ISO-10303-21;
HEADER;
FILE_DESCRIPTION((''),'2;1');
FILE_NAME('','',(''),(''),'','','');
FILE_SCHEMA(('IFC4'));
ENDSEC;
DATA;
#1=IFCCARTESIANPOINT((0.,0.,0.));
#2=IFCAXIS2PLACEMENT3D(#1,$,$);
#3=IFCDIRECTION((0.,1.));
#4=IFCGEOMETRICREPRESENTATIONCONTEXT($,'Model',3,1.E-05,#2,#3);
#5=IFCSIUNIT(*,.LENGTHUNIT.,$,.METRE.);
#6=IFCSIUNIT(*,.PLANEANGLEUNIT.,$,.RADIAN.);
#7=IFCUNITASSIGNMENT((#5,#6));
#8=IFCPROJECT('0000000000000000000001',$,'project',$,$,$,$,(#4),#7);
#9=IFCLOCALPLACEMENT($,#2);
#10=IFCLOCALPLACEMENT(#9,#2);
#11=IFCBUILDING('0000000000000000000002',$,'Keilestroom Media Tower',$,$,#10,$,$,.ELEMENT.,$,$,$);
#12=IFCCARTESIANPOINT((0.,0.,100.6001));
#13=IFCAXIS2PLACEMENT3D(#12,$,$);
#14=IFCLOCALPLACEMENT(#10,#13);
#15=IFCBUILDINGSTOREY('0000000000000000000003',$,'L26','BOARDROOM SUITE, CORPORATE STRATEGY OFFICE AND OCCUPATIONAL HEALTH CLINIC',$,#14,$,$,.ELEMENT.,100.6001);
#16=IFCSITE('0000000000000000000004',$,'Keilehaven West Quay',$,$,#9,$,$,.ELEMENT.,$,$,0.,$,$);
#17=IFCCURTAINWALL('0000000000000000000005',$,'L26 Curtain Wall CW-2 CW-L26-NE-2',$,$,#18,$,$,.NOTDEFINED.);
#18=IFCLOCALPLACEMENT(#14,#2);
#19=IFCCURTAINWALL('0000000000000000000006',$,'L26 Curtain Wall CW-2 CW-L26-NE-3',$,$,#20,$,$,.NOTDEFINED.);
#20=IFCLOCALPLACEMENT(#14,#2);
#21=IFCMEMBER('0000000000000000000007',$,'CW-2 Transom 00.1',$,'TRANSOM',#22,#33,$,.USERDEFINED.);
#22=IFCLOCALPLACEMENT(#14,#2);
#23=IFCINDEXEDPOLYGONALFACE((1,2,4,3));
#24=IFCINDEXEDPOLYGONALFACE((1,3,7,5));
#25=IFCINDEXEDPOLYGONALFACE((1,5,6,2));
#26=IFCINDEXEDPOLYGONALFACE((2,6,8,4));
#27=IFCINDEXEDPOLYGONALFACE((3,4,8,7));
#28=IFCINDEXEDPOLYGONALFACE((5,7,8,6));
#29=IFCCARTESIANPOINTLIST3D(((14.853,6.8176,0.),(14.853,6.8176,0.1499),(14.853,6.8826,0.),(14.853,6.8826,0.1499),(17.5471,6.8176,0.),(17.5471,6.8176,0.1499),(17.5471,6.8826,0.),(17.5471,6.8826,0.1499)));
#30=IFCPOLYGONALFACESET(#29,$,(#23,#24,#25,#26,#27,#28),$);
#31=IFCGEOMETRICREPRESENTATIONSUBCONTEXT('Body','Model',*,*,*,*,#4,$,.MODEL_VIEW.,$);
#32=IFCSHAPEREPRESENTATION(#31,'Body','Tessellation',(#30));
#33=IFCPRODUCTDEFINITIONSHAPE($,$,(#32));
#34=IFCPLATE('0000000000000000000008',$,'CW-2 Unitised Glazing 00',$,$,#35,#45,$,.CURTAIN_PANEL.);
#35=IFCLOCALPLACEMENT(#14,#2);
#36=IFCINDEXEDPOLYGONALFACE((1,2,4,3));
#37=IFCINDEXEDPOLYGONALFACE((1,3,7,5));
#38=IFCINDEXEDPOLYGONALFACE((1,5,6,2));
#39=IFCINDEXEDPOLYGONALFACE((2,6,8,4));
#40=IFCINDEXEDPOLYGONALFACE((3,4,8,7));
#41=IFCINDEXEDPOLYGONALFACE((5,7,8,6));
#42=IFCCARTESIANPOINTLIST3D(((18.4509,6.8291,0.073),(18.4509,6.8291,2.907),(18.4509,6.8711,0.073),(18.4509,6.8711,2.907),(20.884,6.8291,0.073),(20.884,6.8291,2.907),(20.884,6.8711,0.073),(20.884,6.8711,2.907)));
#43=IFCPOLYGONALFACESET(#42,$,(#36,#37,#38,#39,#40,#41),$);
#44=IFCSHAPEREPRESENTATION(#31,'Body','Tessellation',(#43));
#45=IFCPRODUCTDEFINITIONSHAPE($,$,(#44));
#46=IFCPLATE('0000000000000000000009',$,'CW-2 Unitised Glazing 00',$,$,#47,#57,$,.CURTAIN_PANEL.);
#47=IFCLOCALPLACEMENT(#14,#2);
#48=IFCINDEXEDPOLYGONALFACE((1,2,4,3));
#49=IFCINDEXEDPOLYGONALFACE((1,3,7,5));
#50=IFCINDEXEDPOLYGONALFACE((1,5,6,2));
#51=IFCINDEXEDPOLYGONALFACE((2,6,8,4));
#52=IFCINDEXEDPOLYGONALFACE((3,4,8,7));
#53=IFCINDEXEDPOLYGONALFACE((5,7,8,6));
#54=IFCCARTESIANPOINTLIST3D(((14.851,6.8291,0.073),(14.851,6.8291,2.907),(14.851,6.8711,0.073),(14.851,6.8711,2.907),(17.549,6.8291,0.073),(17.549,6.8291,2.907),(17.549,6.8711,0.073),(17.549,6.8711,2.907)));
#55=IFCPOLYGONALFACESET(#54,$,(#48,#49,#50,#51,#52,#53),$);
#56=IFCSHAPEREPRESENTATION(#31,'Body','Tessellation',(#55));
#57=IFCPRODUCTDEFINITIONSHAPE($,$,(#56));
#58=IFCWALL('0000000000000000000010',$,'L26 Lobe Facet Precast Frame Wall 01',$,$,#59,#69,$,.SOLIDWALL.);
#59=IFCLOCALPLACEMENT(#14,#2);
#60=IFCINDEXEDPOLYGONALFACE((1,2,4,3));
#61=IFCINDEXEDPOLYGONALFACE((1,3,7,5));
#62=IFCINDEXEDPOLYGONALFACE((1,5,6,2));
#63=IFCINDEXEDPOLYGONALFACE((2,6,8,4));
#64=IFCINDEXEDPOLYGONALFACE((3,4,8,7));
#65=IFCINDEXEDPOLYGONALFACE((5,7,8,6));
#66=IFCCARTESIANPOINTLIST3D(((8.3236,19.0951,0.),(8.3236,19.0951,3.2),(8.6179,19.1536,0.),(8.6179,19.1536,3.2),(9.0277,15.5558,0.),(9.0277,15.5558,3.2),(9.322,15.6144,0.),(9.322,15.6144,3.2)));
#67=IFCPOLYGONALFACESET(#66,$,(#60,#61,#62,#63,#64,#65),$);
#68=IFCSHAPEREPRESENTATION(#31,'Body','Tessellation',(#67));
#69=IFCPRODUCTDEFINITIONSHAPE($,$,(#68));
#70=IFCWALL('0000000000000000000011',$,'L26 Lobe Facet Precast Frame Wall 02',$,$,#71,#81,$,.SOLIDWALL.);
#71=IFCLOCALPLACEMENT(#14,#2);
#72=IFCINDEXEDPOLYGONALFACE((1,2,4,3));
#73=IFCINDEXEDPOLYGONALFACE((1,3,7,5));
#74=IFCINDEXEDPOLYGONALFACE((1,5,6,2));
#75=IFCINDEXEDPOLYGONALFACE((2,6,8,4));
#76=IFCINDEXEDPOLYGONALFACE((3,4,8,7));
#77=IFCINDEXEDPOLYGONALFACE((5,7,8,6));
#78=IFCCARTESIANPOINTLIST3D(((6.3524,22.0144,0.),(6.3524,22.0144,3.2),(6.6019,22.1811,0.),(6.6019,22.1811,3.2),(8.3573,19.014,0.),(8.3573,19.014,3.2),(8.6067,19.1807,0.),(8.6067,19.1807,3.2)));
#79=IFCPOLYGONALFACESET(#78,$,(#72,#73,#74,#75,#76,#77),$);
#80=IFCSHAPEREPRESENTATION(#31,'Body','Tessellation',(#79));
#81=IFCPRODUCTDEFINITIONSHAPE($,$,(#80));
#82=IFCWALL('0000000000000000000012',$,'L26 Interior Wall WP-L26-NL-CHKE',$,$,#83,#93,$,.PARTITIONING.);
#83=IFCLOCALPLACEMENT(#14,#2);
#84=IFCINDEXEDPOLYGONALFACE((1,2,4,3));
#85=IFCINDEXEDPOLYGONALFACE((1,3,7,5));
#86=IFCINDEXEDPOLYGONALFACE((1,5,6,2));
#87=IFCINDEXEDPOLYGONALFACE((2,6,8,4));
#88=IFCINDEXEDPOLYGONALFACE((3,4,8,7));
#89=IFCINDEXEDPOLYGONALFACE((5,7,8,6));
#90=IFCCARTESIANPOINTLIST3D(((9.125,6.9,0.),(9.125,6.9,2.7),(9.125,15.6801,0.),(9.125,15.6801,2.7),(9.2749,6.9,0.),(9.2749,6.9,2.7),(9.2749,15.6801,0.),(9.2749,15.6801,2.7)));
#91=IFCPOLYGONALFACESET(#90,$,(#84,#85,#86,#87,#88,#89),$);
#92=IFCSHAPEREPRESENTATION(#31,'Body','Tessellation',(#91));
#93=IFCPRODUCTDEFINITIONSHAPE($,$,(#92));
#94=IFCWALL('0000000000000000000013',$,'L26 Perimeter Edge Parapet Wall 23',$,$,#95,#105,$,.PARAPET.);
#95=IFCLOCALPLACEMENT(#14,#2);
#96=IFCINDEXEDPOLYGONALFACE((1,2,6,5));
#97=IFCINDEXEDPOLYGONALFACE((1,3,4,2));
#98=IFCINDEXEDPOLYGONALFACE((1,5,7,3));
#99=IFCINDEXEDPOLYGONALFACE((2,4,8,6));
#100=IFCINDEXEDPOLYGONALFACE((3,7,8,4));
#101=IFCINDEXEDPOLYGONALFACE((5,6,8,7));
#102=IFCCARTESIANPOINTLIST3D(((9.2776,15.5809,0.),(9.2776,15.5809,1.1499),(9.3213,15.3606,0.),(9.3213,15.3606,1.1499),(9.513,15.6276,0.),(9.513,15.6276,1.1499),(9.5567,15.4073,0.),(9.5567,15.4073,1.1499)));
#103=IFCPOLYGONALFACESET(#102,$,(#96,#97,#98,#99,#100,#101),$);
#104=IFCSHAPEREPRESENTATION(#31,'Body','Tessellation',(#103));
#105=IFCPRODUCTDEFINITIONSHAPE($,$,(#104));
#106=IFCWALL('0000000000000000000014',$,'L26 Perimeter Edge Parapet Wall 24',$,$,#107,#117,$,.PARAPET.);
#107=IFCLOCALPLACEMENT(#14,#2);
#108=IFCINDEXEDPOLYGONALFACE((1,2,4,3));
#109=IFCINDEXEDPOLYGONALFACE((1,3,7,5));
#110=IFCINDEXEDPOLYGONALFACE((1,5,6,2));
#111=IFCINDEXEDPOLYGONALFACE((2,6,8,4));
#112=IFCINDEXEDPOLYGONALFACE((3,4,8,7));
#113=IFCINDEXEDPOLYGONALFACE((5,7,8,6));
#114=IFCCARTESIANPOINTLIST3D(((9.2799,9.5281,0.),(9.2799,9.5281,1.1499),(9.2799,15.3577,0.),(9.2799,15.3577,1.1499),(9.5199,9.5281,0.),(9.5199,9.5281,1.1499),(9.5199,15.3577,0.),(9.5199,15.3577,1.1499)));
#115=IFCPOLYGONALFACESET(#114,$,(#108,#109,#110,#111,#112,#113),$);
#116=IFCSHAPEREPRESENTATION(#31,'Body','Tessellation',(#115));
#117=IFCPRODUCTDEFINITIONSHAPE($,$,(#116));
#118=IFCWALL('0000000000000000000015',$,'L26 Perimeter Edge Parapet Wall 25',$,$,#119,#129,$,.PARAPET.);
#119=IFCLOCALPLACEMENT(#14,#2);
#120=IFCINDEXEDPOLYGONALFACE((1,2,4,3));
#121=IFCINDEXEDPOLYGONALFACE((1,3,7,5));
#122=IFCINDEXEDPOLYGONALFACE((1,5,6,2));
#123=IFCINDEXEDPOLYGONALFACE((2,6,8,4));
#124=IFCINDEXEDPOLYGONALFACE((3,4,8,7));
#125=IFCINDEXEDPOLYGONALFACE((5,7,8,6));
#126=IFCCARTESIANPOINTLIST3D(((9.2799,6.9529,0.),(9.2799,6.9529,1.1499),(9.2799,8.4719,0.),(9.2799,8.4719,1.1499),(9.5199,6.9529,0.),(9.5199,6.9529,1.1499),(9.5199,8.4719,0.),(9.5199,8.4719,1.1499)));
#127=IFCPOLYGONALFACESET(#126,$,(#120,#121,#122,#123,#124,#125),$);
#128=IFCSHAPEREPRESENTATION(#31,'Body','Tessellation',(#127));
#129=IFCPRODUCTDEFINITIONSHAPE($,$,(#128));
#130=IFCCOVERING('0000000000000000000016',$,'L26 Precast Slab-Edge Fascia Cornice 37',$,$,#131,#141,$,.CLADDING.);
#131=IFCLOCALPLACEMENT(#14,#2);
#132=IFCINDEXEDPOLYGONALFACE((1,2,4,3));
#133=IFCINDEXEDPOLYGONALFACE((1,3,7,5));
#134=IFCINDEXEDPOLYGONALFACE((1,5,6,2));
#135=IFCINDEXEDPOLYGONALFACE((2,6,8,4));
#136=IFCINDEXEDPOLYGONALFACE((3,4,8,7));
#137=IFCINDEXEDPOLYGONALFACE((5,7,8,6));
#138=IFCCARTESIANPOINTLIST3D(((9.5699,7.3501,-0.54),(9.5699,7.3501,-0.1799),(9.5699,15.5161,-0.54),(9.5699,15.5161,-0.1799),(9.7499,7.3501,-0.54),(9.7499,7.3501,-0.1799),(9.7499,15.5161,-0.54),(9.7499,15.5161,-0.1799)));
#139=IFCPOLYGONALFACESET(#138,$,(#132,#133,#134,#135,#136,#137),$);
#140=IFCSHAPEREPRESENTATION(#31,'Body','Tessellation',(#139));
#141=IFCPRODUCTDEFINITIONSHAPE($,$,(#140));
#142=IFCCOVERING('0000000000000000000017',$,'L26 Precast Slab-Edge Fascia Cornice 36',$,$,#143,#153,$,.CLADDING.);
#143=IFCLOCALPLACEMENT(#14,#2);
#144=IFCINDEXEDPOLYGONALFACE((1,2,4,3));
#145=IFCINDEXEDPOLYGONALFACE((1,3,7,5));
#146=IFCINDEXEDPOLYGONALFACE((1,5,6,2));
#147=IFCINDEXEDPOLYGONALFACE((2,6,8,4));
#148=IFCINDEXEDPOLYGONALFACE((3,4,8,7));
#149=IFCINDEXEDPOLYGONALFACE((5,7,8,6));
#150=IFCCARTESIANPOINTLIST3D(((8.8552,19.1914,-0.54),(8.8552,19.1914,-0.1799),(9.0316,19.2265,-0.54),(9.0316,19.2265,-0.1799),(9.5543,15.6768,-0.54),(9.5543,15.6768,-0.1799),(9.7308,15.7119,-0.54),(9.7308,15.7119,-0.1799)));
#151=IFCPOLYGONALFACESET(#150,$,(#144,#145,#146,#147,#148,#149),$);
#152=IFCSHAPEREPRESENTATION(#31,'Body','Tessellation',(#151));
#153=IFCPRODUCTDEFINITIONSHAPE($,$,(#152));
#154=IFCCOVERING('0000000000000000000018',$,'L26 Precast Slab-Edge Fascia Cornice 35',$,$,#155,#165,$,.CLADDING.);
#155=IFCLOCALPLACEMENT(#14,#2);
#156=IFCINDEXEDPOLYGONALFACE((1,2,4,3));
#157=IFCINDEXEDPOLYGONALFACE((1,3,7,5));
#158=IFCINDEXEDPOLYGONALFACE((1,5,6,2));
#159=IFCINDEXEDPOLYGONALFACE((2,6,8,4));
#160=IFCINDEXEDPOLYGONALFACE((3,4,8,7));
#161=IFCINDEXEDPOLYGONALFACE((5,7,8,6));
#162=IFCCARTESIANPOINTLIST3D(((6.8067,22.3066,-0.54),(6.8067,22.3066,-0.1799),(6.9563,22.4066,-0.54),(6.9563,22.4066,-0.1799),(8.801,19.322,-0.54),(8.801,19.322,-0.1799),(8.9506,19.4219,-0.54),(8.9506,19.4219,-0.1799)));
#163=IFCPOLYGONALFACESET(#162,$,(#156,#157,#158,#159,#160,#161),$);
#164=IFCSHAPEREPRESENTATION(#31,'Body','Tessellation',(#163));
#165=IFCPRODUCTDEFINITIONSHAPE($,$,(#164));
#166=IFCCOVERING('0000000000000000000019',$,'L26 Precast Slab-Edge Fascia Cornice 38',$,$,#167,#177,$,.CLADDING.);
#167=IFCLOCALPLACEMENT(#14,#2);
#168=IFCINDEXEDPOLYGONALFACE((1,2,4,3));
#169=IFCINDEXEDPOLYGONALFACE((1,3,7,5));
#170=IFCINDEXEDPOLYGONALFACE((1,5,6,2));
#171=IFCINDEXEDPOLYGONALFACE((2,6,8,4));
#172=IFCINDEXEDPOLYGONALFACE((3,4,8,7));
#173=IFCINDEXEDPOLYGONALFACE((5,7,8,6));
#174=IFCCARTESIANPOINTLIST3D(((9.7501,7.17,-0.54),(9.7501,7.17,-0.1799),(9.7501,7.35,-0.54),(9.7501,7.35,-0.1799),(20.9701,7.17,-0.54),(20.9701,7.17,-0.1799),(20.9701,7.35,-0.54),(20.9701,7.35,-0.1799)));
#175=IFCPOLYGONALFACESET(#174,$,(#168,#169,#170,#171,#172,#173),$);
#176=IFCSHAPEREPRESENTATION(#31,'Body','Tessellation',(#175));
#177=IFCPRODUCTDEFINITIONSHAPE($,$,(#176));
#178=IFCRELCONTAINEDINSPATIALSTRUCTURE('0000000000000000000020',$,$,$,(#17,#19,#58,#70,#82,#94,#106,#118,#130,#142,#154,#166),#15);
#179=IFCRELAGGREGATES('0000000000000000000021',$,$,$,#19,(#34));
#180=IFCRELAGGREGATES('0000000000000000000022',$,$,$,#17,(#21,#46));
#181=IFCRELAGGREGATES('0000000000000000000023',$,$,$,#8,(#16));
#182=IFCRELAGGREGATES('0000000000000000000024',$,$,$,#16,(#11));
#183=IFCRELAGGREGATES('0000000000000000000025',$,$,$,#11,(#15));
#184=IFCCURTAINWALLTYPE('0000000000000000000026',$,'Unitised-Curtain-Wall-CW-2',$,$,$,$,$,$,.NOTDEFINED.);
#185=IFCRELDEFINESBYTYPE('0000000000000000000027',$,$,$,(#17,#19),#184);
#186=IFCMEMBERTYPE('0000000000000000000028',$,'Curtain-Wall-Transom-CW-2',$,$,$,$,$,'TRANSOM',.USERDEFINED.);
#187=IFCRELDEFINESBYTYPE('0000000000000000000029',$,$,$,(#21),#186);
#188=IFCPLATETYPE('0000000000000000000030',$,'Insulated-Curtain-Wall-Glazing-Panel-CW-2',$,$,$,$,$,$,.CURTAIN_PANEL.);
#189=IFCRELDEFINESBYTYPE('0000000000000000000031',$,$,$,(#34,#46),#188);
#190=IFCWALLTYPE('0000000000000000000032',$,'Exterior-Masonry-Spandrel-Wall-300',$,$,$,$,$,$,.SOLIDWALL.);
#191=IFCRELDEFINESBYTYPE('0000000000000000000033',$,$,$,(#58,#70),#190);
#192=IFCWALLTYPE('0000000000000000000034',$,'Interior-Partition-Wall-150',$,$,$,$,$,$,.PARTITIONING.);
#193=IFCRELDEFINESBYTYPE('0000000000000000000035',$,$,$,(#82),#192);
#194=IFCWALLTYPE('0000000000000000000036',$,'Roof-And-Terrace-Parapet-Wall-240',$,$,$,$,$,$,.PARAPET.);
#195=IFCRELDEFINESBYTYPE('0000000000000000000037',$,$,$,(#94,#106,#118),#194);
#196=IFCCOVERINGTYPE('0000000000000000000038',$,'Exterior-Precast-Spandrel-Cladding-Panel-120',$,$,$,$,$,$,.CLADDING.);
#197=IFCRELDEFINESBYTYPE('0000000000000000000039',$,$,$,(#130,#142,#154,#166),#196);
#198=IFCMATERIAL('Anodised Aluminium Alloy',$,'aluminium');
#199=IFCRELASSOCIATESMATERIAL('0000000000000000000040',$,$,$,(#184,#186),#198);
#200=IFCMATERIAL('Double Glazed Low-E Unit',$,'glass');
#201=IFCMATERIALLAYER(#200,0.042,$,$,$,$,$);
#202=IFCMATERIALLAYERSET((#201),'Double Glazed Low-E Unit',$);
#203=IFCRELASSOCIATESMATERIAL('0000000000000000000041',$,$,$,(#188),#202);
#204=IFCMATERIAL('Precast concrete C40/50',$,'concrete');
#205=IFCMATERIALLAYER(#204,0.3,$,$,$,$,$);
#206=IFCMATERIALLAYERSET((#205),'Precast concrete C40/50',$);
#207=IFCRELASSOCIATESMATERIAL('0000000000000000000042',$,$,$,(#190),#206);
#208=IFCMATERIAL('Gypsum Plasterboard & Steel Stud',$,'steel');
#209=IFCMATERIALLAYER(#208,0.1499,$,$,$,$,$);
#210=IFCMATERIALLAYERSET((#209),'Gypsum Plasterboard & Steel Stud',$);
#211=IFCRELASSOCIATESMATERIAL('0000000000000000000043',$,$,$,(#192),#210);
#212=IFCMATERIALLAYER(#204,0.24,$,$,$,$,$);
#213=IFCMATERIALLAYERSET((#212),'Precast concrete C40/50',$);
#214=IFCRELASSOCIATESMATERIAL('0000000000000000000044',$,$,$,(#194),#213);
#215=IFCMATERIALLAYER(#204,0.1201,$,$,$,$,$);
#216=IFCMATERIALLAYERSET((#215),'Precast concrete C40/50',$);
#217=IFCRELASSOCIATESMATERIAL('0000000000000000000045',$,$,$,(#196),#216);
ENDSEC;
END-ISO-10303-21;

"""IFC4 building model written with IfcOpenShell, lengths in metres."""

from ifc_helpers import new_model, si_unit, direction, frame, frame_2d, origin, origin_2d, place, context, subcontext, project, spatial, rectangle, extrude, source, transform, mapped, material, layer, layer_set, material_profile, profile_set, type_object, element, aggregate, save


model = new_model("IFC4")

# Units and contexts
model_context = context("Model", 3, precision=1e-05, world=origin(), true_north=direction((0.0, 1.0)))
body_context = subcontext(model_context, "Body", "Model", "MODEL_VIEW")
ifc_project = project(units=[si_unit("LENGTHUNIT", "METRE"), si_unit("PLANEANGLEUNIT", "RADIAN")], contexts=[model_context])

# Site, building, storey
site_placement = place(None, origin())
site = spatial("IfcSite", under=ifc_project, at=site_placement, Name="Keilehaven West Quay", CompositionType="ELEMENT", RefElevation=0.0)
building_placement = place(site_placement, origin())
building = spatial("IfcBuilding", under=site, at=building_placement, Name="Keilestroom Media Tower", CompositionType="ELEMENT")
storey_placement = place(building_placement, frame((0.0, 0.0, 100.6001)))
storey = spatial("IfcBuildingStorey", under=building, at=storey_placement, Name="L26", Description="BOARDROOM SUITE, CORPORATE STRATEGY OFFICE AND OCCUPATIONAL HEALTH CLINIC", CompositionType="ELEMENT", Elevation=100.6001)

# Shared definitions
ifc_material_1 = material(Name="Precast concrete C40/50", Category="concrete")

# Curtain walls
ifc_material_2 = material(Name="Anodised Aluminium Alloy", Category="aluminium")
curtain_wall_type = type_object("IfcCurtainWallType", Name="Unitised-Curtain-Wall-CW-2", PredefinedType="NOTDEFINED", material=ifc_material_2)
curtain_wall_1_placement = place(storey_placement, origin())
curtain_wall_1 = element("IfcCurtainWall", 1, at=curtain_wall_1_placement, inside=storey, type_object=curtain_wall_type, Name="L26 Curtain Wall CW-2 CW-L26-NE-2", PredefinedType="NOTDEFINED")
curtain_wall_2_placement = place(storey_placement, origin())
curtain_wall_2 = element("IfcCurtainWall", 2, at=curtain_wall_2_placement, inside=storey, type_object=curtain_wall_type, Name="L26 Curtain Wall CW-2 CW-L26-NE-3", PredefinedType="NOTDEFINED")
ifc_material_profile_1 = material_profile(ifc_material_2, rectangle(XDim=0.0649, YDim=0.1499, at=origin_2d()), Name="ALU TRANSOM 65x150")
ifc_profile_set_1 = profile_set([ifc_material_profile_1], Name="Anodised Aluminium Alloy")
member_type_1 = type_object("IfcMemberType", Name="Curtain-Wall-Transom-CW-2", ElementType="TRANSOM", PredefinedType="USERDEFINED", material=ifc_profile_set_1)

# Member
shared_shape_1 = source(origin(), body_context, "Body", "SweptSolid", [
    extrude(rectangle(XDim=0.0649, YDim=0.1499, at=origin_2d()), origin(), (0.0, 0.0, 1.0), 2.6941),
])
member_1_placement = place(storey_placement, frame((14.853, 6.8501, 0.075), z_axis=(1.0, 0.0, 0.0), x_axis=(0.0, 1.0, 0.0)))
member_1 = element("IfcMember", 3, at=member_1_placement, type_object=member_type_1, Name="CW-2 Transom 00.1", ObjectType="TRANSOM", PredefinedType="USERDEFINED", context=body_context, shape_type="MappedRepresentation", body=[
    mapped(shared_shape_1, transform((0.0, 0.0, 0.0), x_axis=(1.0, 0.0, 0.0), y_axis=(0.0, 1.0, 0.0), z_axis=(0.0, 0.0, 1.0), scale=1.0)),
])

# Plates
ifc_material_3 = material(Name="Double Glazed Low-E Unit", Category="glass")
ifc_layer_1 = layer(ifc_material_3, 0.042)
ifc_layer_set_1 = layer_set([ifc_layer_1], Name="Double Glazed Low-E Unit")
plate_type = type_object("IfcPlateType", Name="Insulated-Curtain-Wall-Glazing-Panel-CW-2", PredefinedType="CURTAIN_PANEL", material=ifc_layer_set_1)
shared_shape_2 = source(origin(), body_context, "Body", "SweptSolid", [
    extrude(rectangle(XDim=2.4331, YDim=0.042, at=origin_2d()), origin(), (0.0, 0.0, 1.0), 2.834),
])
plate_1_placement = place(storey_placement, frame((19.6675, 6.8501, 0.073), z_axis=(0.0, 0.0, 1.0), x_axis=(1.0, 0.0, 0.0)))
plate_1 = element("IfcPlate", 4, at=plate_1_placement, type_object=plate_type, Name="CW-2 Unitised Glazing 00", PredefinedType="CURTAIN_PANEL", context=body_context, shape_type="MappedRepresentation", body=[
    mapped(shared_shape_2, transform((0.0, 0.0, 0.0), x_axis=(1.0, 0.0, 0.0), y_axis=(0.0, 1.0, 0.0), z_axis=(0.0, 0.0, 1.0), scale=1.0)),
])
aggregate(curtain_wall_2, [plate_1])
shared_shape_3 = source(origin(), body_context, "Body", "SweptSolid", [
    extrude(rectangle(XDim=2.698, YDim=0.042, at=origin_2d()), origin(), (0.0, 0.0, 1.0), 2.834),
])
plate_2_placement = place(storey_placement, frame((16.2, 6.8501, 0.073), z_axis=(0.0, 0.0, 1.0), x_axis=(1.0, 0.0, 0.0)))
plate_2 = element("IfcPlate", 5, at=plate_2_placement, type_object=plate_type, Name="CW-2 Unitised Glazing 00", PredefinedType="CURTAIN_PANEL", context=body_context, shape_type="MappedRepresentation", body=[
    mapped(shared_shape_3, transform((0.0, 0.0, 0.0), x_axis=(1.0, 0.0, 0.0), y_axis=(0.0, 1.0, 0.0), z_axis=(0.0, 0.0, 1.0), scale=1.0)),
])
aggregate(curtain_wall_1, [member_1, plate_2])

# Walls
ifc_layer_2 = layer(ifc_material_1, 0.3)
ifc_layer_set_2 = layer_set([ifc_layer_2], Name="Precast concrete C40/50")
wall_type_1 = type_object("IfcWallType", Name="Exterior-Masonry-Spandrel-Wall-300", PredefinedType="SOLIDWALL", material=ifc_layer_set_2)
for number, where, z_axis, x_axis, name in (
    (6, (9.1748, 15.5852, 0.0), (0.0, 0.0, 1.0), (-0.195114, 0.980781, 0.0), "L26 Lobe Facet Precast Frame Wall 01"),
    (7, (8.4819, 19.0974, 0.0), (0.0, 0.0, 1.0), (-0.555574, 0.831467, 0.0), "L26 Lobe Facet Precast Frame Wall 02"),
):
    element("IfcWall", number, at=place(storey_placement, frame(where, z_axis=z_axis, x_axis=x_axis)), inside=storey, type_object=wall_type_1, Name=name, PredefinedType="SOLIDWALL", context=body_context, shape_type="SweptSolid", body=[
        extrude(rectangle(XDim=3.6086, YDim=0.3, at=frame_2d((1.8042, 0.0))), origin(), (0.0, 0.0, 1.0), 3.2),
    ])
ifc_material_4 = material(Name="Gypsum Plasterboard & Steel Stud", Category="steel")
ifc_layer_3 = layer(ifc_material_4, 0.1499)
ifc_layer_set_3 = layer_set([ifc_layer_3], Name="Gypsum Plasterboard & Steel Stud")
wall_type_2 = type_object("IfcWallType", Name="Interior-Partition-Wall-150", PredefinedType="PARTITIONING", material=ifc_layer_set_3)
wall_1_placement = place(storey_placement, frame((9.2, 6.8999, 0.0), z_axis=(0.0, 0.0, 1.0), x_axis=(0.0, 1.0, 0.0)))
element("IfcWall", 8, at=wall_1_placement, inside=storey, type_object=wall_type_2, Name="L26 Interior Wall WP-L26-NL-CHKE", PredefinedType="PARTITIONING", context=body_context, shape_type="SweptSolid", body=[
    extrude(rectangle(XDim=8.78, YDim=0.1499, at=frame_2d((4.3901, 0.0))), origin(), (0.0, 0.0, 1.0), 2.7),
])
ifc_layer_4 = layer(ifc_material_1, 0.24)
ifc_layer_set_4 = layer_set([ifc_layer_4], Name="Precast concrete C40/50")
wall_type_3 = type_object("IfcWallType", Name="Roof-And-Terrace-Parapet-Wall-240", PredefinedType="PARAPET", material=ifc_layer_set_4)
wall_2_placement = place(storey_placement, frame((9.3953, 15.6042, 0.0), z_axis=(0.0, 0.0, 1.0), x_axis=(0.194652, -0.980872, 0.0)))
element("IfcWall", 9, at=wall_2_placement, inside=storey, type_object=wall_type_3, Name="L26 Perimeter Edge Parapet Wall 23", PredefinedType="PARAPET", context=body_context, shape_type="SweptSolid", body=[
    extrude(rectangle(XDim=0.2246, YDim=0.24, at=frame_2d((0.1123, 0.0))), origin(), (0.0, 0.0, 1.0), 1.1499),
])
wall_3_placement = place(storey_placement, frame((9.3999, 15.3577, 0.0), z_axis=(0.0, 0.0, 1.0), x_axis=(0.0, -1.0, 0.0)))
element("IfcWall", 10, at=wall_3_placement, inside=storey, type_object=wall_type_3, Name="L26 Perimeter Edge Parapet Wall 24", PredefinedType="PARAPET", context=body_context, shape_type="SweptSolid", body=[
    extrude(rectangle(XDim=5.8296, YDim=0.24, at=frame_2d((2.9148, 0.0))), origin(), (0.0, 0.0, 1.0), 1.1499),
])
wall_4_placement = place(storey_placement, frame((9.3999, 8.4719, 0.0), z_axis=(0.0, 0.0, 1.0), x_axis=(0.0, -1.0, 0.0)))
element("IfcWall", 11, at=wall_4_placement, inside=storey, type_object=wall_type_3, Name="L26 Perimeter Edge Parapet Wall 25", PredefinedType="PARAPET", context=body_context, shape_type="SweptSolid", body=[
    extrude(rectangle(XDim=1.519, YDim=0.24, at=frame_2d((0.7595, 0.0))), origin(), (0.0, 0.0, 1.0), 1.1499),
])

# Coverings
ifc_layer_5 = layer(ifc_material_1, 0.1201)
ifc_layer_set_5 = layer_set([ifc_layer_5], Name="Precast concrete C40/50")
covering_type = type_object("IfcCoveringType", Name="Exterior-Precast-Spandrel-Cladding-Panel-120", PredefinedType="CLADDING", material=ifc_layer_set_5)
shared_shape_4 = source(origin(), body_context, "Body", "SweptSolid", [
    extrude(rectangle(XDim=8.166, YDim=0.1799, at=origin_2d()), origin(), (0.0, 0.0, 1.0), 0.3601),
])
covering_1_placement = place(storey_placement, frame((9.6599, 11.4331, -0.54), z_axis=(0.0, 0.0, 1.0), x_axis=(0.0, -1.0, 0.0)))
element("IfcCovering", 12, at=covering_1_placement, inside=storey, type_object=covering_type, Name="L26 Precast Slab-Edge Fascia Cornice 37", PredefinedType="CLADDING", context=body_context, shape_type="MappedRepresentation", body=[
    mapped(shared_shape_4, transform((0.0, 0.0, 0.0), x_axis=(1.0, 0.0, 0.0), y_axis=(0.0, 1.0, 0.0), z_axis=(0.0, 0.0, 1.0), scale=1.0)),
])
shared_shape_5 = source(origin(), body_context, "Body", "SweptSolid", [
    extrude(rectangle(XDim=3.5835, YDim=0.1799, at=origin_2d()), origin(), (0.0, 0.0, 1.0), 0.3601),
])
covering_2_placement = place(storey_placement, frame((9.293, 17.4517, -0.54), z_axis=(0.0, 0.0, 1.0), x_axis=(0.195099, -0.980784, 0.0)))
element("IfcCovering", 13, at=covering_2_placement, inside=storey, type_object=covering_type, Name="L26 Precast Slab-Edge Fascia Cornice 36", PredefinedType="CLADDING", context=body_context, shape_type="MappedRepresentation", body=[
    mapped(shared_shape_5, transform((0.0, 0.0, 0.0), x_axis=(1.0, 0.0, 0.0), y_axis=(0.0, 1.0, 0.0), z_axis=(0.0, 0.0, 1.0), scale=1.0)),
])
shared_shape_6 = source(origin(), body_context, "Body", "SweptSolid", [
    extrude(rectangle(XDim=3.5896, YDim=0.1799, at=origin_2d()), origin(), (0.0, 0.0, 1.0), 0.3601),
])
covering_3_placement = place(storey_placement, frame((7.8787, 20.8643, -0.54), z_axis=(0.0, 0.0, 1.0), x_axis=(0.555575, -0.831467, 0.0)))
element("IfcCovering", 14, at=covering_3_placement, inside=storey, type_object=covering_type, Name="L26 Precast Slab-Edge Fascia Cornice 35", PredefinedType="CLADDING", context=body_context, shape_type="MappedRepresentation", body=[
    mapped(shared_shape_6, transform((0.0, 0.0, 0.0), x_axis=(1.0, 0.0, 0.0), y_axis=(0.0, 1.0, 0.0), z_axis=(0.0, 0.0, 1.0), scale=1.0)),
])
shared_shape_7 = source(origin(), body_context, "Body", "SweptSolid", [
    extrude(rectangle(XDim=11.22, YDim=0.1799, at=origin_2d()), origin(), (0.0, 0.0, 1.0), 0.3601),
])
covering_4_placement = place(storey_placement, frame((15.3601, 7.26, -0.54), z_axis=(0.0, 0.0, 1.0), x_axis=(1.0, 0.0, 0.0)))
element("IfcCovering", 15, at=covering_4_placement, inside=storey, type_object=covering_type, Name="L26 Precast Slab-Edge Fascia Cornice 38", PredefinedType="CLADDING", context=body_context, shape_type="MappedRepresentation", body=[
    mapped(shared_shape_7, transform((0.0, 0.0, 0.0), x_axis=(1.0, 0.0, 0.0), y_axis=(0.0, 1.0, 0.0), z_axis=(0.0, 0.0, 1.0), scale=1.0)),
])

save(model, "model.ifc")
